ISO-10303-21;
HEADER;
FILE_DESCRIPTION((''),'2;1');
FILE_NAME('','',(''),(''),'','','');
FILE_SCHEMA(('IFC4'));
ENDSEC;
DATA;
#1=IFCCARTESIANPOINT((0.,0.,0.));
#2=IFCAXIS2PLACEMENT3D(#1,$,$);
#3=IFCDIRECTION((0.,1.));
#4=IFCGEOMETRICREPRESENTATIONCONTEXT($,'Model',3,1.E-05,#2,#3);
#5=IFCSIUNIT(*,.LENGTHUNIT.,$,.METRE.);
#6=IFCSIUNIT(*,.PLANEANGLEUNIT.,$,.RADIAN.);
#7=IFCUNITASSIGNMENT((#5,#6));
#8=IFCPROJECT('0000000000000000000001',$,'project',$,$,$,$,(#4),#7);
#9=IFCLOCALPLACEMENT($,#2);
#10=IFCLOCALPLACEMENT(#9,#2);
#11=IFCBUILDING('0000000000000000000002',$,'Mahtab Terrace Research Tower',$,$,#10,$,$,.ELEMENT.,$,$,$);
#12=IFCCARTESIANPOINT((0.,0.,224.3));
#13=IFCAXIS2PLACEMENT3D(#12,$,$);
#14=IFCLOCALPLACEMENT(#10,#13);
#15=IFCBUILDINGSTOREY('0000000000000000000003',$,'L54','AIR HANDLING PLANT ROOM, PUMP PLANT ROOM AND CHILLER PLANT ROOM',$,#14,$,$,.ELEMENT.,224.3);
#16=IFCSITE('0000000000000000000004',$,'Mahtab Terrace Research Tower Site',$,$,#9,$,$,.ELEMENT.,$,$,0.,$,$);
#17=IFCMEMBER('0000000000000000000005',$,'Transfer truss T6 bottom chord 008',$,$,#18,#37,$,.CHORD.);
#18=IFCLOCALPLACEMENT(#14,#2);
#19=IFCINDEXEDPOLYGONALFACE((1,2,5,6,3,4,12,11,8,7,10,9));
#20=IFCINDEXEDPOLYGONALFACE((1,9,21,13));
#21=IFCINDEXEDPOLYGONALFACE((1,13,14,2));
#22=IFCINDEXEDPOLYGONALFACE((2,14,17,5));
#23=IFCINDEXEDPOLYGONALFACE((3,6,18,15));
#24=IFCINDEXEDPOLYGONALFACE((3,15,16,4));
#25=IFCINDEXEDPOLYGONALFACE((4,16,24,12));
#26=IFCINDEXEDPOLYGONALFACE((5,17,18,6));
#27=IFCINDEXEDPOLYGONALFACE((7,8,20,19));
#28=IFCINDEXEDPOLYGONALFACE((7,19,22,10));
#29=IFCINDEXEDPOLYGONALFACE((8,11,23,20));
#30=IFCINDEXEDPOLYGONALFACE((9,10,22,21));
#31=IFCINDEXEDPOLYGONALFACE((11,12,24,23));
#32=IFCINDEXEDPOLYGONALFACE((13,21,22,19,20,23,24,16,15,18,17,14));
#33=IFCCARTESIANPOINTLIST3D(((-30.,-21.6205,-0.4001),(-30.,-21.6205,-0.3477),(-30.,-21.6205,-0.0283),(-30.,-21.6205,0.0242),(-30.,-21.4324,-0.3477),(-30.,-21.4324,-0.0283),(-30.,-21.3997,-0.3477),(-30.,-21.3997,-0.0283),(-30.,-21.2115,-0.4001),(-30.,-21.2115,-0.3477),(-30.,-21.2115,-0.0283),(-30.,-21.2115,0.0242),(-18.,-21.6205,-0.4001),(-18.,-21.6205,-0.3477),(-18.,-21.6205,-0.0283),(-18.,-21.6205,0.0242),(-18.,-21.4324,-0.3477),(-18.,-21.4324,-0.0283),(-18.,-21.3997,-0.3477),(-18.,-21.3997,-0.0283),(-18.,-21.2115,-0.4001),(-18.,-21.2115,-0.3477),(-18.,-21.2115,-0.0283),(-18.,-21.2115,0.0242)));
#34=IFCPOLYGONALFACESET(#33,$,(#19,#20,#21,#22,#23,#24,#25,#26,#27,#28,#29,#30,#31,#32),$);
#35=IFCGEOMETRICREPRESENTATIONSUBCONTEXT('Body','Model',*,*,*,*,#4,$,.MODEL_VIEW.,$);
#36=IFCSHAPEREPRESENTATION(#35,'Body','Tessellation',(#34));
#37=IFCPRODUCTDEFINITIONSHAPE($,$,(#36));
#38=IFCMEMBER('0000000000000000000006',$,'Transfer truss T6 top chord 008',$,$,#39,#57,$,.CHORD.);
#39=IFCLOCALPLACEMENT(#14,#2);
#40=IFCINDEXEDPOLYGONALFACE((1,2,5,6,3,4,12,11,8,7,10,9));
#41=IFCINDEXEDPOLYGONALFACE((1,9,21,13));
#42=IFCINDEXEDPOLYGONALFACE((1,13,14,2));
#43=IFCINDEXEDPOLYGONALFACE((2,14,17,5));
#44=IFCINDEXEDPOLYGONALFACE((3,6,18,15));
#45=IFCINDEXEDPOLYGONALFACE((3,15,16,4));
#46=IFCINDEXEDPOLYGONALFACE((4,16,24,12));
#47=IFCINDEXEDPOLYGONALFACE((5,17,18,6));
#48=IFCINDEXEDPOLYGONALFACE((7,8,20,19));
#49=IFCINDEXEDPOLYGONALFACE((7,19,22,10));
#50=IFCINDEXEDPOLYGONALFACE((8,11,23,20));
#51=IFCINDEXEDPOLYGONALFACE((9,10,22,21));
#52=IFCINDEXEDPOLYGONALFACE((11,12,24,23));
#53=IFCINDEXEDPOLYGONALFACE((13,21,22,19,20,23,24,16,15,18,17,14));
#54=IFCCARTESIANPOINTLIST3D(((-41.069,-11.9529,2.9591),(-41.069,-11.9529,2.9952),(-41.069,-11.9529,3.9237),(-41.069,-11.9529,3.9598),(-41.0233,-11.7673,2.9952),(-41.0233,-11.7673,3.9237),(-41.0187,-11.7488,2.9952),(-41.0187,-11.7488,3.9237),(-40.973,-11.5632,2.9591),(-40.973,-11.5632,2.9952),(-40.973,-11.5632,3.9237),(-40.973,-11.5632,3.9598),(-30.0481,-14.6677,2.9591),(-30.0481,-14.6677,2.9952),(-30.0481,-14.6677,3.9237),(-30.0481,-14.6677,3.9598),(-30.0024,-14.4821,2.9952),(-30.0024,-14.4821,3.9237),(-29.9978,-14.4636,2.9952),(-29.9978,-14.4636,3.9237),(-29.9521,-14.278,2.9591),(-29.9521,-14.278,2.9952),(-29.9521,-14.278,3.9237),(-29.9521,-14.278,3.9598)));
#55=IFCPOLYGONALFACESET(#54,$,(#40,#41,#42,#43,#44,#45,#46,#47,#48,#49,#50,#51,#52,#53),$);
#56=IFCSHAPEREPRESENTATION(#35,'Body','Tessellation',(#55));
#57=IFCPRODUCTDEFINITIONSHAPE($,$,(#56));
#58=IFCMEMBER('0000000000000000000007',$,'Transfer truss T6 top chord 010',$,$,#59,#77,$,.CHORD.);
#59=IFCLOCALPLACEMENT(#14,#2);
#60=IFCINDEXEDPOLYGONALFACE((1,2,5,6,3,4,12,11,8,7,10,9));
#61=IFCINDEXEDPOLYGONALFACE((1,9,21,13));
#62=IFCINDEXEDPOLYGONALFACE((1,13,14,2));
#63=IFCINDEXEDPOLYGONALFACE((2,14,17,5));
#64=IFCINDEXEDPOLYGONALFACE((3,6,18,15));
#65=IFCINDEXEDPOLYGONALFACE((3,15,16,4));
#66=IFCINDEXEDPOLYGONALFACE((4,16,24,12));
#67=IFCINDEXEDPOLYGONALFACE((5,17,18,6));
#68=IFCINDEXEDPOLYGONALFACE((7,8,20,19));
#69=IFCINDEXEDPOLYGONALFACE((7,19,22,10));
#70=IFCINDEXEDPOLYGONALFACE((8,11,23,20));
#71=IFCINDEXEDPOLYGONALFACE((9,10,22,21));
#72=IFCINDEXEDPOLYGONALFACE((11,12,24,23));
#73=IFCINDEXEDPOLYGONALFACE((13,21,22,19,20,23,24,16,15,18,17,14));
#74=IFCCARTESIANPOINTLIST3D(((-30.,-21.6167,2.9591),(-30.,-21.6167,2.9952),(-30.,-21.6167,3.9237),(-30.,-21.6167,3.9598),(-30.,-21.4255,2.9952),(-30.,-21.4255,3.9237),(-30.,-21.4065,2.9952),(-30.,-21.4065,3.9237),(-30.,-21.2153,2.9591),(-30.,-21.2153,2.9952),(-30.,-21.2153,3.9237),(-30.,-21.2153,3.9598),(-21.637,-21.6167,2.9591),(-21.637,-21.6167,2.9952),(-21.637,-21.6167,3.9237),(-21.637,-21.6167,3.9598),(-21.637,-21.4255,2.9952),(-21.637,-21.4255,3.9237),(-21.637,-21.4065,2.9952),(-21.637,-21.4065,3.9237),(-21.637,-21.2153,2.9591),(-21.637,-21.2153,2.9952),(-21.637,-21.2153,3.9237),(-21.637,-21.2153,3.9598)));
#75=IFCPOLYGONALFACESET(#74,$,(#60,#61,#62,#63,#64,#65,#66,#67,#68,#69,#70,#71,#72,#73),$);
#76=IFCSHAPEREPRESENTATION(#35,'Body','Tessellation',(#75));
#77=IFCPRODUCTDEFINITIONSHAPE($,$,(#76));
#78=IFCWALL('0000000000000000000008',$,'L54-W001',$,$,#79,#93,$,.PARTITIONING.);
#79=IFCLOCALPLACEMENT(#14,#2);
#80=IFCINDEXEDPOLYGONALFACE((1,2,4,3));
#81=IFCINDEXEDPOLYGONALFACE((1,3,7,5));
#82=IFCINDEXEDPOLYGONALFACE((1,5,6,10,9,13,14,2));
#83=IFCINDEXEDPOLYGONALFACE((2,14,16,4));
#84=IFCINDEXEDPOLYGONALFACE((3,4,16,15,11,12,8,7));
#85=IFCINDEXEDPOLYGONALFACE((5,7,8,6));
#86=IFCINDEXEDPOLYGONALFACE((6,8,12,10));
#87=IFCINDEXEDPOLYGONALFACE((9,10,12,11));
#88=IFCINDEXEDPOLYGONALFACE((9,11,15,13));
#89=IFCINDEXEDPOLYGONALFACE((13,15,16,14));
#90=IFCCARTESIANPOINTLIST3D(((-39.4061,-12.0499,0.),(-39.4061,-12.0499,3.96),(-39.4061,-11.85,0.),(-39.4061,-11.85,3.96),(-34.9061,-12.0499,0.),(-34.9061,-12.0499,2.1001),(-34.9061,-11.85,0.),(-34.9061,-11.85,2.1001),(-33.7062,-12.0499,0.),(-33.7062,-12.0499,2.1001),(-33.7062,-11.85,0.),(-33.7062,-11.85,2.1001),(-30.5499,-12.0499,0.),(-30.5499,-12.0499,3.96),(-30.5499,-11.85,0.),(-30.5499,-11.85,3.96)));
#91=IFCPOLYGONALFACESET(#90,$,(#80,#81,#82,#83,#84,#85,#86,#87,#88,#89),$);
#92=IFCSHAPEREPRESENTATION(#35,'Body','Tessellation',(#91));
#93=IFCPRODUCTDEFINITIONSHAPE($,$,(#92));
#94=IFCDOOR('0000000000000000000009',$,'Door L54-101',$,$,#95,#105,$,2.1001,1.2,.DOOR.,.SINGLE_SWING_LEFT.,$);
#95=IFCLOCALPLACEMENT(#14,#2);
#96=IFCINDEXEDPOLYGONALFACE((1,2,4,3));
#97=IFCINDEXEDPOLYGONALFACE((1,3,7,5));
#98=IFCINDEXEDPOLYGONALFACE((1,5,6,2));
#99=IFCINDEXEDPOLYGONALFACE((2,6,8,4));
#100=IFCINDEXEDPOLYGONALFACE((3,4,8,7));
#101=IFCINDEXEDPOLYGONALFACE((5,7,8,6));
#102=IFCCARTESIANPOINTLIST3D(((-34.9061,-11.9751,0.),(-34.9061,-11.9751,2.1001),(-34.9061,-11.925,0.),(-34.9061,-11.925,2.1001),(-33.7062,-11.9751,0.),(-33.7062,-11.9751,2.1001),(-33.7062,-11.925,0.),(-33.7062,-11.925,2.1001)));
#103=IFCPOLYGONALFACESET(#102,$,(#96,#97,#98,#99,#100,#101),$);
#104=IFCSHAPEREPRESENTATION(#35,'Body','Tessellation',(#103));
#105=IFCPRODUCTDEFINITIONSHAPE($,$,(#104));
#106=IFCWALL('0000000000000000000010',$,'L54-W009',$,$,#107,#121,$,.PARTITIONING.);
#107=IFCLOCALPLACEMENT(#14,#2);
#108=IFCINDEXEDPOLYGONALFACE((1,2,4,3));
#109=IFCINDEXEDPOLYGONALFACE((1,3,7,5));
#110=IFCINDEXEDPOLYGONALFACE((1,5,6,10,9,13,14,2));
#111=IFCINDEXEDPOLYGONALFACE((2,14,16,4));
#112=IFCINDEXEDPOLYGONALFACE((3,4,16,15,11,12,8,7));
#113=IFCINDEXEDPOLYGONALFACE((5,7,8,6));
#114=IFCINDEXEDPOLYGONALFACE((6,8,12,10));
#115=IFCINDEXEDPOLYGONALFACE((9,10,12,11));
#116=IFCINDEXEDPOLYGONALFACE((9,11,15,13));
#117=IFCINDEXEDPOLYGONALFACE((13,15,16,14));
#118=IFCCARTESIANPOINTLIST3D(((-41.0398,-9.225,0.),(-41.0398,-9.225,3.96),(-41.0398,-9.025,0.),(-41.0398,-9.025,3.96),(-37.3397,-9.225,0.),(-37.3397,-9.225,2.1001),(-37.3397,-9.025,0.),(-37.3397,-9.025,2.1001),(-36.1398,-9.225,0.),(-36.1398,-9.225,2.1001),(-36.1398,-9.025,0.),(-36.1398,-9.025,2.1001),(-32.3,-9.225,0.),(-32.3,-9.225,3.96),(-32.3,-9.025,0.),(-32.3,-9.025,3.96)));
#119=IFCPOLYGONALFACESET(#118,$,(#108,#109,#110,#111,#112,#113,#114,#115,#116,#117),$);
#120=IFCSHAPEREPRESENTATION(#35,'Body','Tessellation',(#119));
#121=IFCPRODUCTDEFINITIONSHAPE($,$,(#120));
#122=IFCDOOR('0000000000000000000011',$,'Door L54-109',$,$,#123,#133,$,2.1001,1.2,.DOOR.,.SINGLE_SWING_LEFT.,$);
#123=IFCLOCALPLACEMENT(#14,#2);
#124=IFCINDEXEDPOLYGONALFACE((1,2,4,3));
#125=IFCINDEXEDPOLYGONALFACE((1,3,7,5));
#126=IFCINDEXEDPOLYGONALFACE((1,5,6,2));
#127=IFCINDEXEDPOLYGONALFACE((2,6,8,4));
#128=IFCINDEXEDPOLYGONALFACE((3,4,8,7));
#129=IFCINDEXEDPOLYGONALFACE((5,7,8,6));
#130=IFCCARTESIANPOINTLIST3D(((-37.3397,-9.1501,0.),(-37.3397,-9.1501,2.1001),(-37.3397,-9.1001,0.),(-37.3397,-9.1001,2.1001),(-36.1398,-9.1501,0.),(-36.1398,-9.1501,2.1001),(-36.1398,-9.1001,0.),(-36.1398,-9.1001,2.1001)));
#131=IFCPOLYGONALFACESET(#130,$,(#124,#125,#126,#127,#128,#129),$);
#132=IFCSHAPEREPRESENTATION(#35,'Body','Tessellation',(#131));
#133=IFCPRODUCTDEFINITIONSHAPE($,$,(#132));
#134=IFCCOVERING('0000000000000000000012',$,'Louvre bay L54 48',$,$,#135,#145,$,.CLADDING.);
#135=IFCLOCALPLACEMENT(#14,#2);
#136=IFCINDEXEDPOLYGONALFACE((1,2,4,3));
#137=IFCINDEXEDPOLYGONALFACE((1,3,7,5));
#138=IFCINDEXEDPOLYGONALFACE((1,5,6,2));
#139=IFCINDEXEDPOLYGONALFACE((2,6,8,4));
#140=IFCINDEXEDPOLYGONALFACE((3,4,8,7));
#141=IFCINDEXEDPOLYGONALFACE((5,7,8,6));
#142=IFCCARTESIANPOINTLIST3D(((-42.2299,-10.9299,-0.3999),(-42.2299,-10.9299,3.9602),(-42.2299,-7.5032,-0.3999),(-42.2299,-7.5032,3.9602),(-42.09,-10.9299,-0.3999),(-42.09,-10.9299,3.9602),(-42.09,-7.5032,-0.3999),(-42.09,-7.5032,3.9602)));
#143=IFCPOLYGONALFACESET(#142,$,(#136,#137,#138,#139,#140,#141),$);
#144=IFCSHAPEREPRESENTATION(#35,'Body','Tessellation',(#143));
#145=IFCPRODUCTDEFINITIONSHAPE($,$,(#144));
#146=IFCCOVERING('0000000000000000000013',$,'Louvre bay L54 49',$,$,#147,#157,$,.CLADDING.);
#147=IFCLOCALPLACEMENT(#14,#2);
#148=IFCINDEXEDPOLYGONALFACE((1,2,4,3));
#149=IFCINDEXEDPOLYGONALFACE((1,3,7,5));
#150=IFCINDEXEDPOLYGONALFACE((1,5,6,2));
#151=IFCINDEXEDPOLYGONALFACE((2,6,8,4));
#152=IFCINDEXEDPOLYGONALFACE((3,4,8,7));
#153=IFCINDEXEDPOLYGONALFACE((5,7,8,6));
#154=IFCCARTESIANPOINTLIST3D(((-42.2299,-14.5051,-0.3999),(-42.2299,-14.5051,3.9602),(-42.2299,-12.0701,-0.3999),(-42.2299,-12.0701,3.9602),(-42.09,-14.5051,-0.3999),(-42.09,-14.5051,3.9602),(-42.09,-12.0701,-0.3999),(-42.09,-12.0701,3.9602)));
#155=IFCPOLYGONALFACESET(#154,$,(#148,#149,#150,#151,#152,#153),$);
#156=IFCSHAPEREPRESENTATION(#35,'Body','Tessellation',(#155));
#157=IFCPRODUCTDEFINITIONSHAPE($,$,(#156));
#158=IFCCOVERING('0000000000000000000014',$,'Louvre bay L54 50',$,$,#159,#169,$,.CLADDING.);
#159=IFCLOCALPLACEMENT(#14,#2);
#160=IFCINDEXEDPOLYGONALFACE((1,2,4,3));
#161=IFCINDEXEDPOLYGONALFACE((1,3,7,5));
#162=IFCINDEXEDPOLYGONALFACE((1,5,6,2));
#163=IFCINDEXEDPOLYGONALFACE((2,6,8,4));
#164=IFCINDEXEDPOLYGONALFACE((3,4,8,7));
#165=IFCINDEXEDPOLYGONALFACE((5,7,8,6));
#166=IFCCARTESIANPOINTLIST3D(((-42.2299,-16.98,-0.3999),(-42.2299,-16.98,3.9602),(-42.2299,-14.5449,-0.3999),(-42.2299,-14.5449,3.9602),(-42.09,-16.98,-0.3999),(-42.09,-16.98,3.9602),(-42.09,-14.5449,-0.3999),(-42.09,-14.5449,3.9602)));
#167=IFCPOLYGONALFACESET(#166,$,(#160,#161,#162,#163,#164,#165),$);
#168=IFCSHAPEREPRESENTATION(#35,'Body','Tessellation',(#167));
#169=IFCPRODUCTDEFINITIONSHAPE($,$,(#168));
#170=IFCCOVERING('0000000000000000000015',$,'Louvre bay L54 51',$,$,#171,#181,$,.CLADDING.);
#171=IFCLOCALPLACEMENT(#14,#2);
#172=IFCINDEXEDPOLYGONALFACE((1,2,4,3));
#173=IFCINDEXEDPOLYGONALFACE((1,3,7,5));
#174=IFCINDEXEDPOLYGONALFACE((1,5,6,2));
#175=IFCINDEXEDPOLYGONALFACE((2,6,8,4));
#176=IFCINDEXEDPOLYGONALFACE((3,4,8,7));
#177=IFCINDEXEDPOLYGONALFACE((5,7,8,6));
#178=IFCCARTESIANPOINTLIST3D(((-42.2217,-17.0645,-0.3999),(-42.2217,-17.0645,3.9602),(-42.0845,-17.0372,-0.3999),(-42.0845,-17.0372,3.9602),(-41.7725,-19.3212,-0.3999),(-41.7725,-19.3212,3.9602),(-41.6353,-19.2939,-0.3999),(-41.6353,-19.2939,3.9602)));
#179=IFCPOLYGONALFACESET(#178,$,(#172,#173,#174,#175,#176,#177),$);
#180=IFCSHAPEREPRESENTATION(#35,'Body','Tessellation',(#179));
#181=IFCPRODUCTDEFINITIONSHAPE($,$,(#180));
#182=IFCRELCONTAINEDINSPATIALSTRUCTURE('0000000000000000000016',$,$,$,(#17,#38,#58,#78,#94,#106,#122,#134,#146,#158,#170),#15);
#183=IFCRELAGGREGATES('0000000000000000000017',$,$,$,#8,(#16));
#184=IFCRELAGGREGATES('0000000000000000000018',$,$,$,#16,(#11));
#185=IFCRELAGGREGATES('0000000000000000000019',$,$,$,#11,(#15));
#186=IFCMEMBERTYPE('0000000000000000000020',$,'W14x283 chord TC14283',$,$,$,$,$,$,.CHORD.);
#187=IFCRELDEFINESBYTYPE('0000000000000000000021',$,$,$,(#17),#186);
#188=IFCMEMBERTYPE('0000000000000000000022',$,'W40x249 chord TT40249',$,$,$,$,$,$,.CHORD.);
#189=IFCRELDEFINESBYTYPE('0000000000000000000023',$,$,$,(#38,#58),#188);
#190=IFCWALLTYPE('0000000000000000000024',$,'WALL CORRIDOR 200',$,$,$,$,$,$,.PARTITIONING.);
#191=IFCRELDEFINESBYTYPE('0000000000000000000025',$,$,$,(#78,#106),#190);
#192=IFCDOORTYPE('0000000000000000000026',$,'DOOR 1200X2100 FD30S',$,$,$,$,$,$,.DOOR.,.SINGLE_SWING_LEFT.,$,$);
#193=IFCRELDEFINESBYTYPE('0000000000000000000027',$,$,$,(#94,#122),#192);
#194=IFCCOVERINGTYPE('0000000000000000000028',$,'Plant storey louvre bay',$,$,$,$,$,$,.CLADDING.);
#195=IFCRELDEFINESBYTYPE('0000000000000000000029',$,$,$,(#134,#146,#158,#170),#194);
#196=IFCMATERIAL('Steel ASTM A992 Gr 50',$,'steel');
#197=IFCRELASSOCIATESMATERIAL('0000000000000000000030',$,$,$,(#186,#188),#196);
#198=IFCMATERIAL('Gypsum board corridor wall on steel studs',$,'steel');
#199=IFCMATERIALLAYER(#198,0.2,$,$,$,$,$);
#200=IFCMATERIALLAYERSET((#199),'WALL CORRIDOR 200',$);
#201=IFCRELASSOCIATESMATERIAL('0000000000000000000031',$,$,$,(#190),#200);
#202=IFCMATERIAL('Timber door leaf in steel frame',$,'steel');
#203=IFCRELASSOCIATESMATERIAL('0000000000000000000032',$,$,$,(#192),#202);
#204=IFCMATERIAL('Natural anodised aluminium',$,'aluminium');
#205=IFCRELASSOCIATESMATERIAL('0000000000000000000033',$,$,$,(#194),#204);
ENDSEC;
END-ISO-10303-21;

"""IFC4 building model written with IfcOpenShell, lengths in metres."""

from ifc_helpers import new_model, si_unit, direction, frame, frame_2d, origin, origin_2d, place, context, subcontext, project, spatial, rectangle, i_section, extrude, material, layer, layer_set, material_profile, profile_set, type_object, element, fill, save


model = new_model("IFC4")

# Units and contexts
model_context = context("Model", 3, precision=1e-05, world=origin(), true_north=direction((0.0, 1.0)))
body_context = subcontext(model_context, "Body", "Model", "MODEL_VIEW")
ifc_project = project(units=[si_unit("LENGTHUNIT", "METRE"), si_unit("PLANEANGLEUNIT", "RADIAN")], contexts=[model_context])

# Site, building, storey
site_placement = place(None, origin())
site = spatial("IfcSite", under=ifc_project, at=site_placement, Name="Mahtab Terrace Research Tower Site", CompositionType="ELEMENT", RefElevation=0.0)
building_placement = place(site_placement, origin())
building = spatial("IfcBuilding", under=site, at=building_placement, Name="Mahtab Terrace Research Tower", CompositionType="ELEMENT")
storey_placement = place(building_placement, frame((0.0, 0.0, 224.3)))
storey = spatial("IfcBuildingStorey", under=building, at=storey_placement, Name="L54", Description="AIR HANDLING PLANT ROOM, PUMP PLANT ROOM AND CHILLER PLANT ROOM", CompositionType="ELEMENT", Elevation=224.3)

# Members
ifc_material_1 = material(Name="Steel ASTM A992 Gr 50", Category="steel")
ifc_material_profile_1 = material_profile(ifc_material_1, i_section(OverallWidth=0.4089, OverallDepth=0.4243, WebThickness=0.0327, FlangeThickness=0.0525, at=origin_2d()), Name="W14X283")
ifc_profile_set_1 = profile_set([ifc_material_profile_1], Name="Steel ASTM A992 Gr 50")
member_type_1 = type_object("IfcMemberType", Name="W14x283 chord TC14283", PredefinedType="CHORD", material=ifc_profile_set_1)
member_1_placement = place(storey_placement, frame((-30.0, -21.416, -0.188), z_axis=(1.0, 0.0, 0.0), x_axis=(0.0, 1.0, 0.0)))
element("IfcMember", 1, at=member_1_placement, inside=storey, type_object=member_type_1, Name="Transfer truss T6 bottom chord 008", PredefinedType="CHORD", context=body_context, shape_type="SweptSolid", body=[
    extrude(i_section(OverallWidth=0.4089, OverallDepth=0.4243, WebThickness=0.0327, FlangeThickness=0.0525, at=origin_2d()), origin(), (0.0, 0.0, 1.0), 12.0),
])
ifc_material_profile_2 = material_profile(ifc_material_1, i_section(OverallWidth=0.4014, OverallDepth=1.0007, WebThickness=0.019, FlangeThickness=0.0361, at=origin_2d()), Name="W40X249")
ifc_profile_set_2 = profile_set([ifc_material_profile_2], Name="Steel ASTM A992 Gr 50")
member_type_2 = type_object("IfcMemberType", Name="W40x249 chord TT40249", PredefinedType="CHORD", material=ifc_profile_set_2)
member_2_placement = place(storey_placement, frame((-41.021, -11.7581, 3.4595), z_axis=(0.970974, -0.239184, 0.0), x_axis=(0.239184, 0.970974, 0.0)))
element("IfcMember", 2, at=member_2_placement, inside=storey, type_object=member_type_2, Name="Transfer truss T6 top chord 008", PredefinedType="CHORD", context=body_context, shape_type="SweptSolid", body=[
    extrude(i_section(OverallWidth=0.4014, OverallDepth=1.0007, WebThickness=0.019, FlangeThickness=0.0361, at=origin_2d()), origin(), (0.0, 0.0, 1.0), 11.3503),
])
member_3_placement = place(storey_placement, frame((-30.0, -21.416, 3.4595), z_axis=(1.0, 0.0, 0.0), x_axis=(0.0, 1.0, 0.0)))
element("IfcMember", 3, at=member_3_placement, inside=storey, type_object=member_type_2, Name="Transfer truss T6 top chord 010", PredefinedType="CHORD", context=body_context, shape_type="SweptSolid", body=[
    extrude(i_section(OverallWidth=0.4014, OverallDepth=1.0007, WebThickness=0.019, FlangeThickness=0.0361, at=origin_2d()), origin(), (0.0, 0.0, 1.0), 8.363),
])

# Walls, openings, doors
ifc_material_2 = material(Name="Gypsum board corridor wall on steel studs", Category="steel")
ifc_layer_1 = layer(ifc_material_2, 0.2)
ifc_layer_set_1 = layer_set([ifc_layer_1], Name="WALL CORRIDOR 200")
wall_type = type_object("IfcWallType", Name="WALL CORRIDOR 200", PredefinedType="PARTITIONING", material=ifc_layer_set_1)
wall_1_placement = place(storey_placement, frame((-39.4062, -11.95, 0.0), z_axis=(0.0, 0.0, 1.0), x_axis=(1.0, 0.0, 0.0)))
wall_1 = element("IfcWall", 4, at=wall_1_placement, inside=storey, type_object=wall_type, Name="L54-W001", PredefinedType="PARTITIONING", context=body_context, shape_type="SweptSolid", body=[
    extrude(rectangle(XDim=8.8562, YDim=0.2, at=frame_2d((4.4282, 0.0))), origin(), (0.0, 0.0, 1.0), 3.96),
])
opening_1_placement = place(wall_1_placement, frame((4.5, 0.0, 0.0)))
opening_1 = element("IfcOpeningElement", 5, at=opening_1_placement, cuts=wall_1, PredefinedType="OPENING", context=body_context, shape_type="SweptSolid", body=[
    extrude(rectangle(XDim=1.2, YDim=2.1001, at=frame_2d((0.6001, 1.05))), frame((0.0, 0.1099, 0.0), z_axis=(0.0, -1.0, 0.0), x_axis=(1.0, 0.0, 0.0)), (0.0, 0.0, 1.0), 0.22),
])
ifc_material_3 = material(Name="Timber door leaf in steel frame", Category="steel")
door_type = type_object("IfcDoorType", Name="DOOR 1200X2100 FD30S", OperationType="SINGLE_SWING_LEFT", PredefinedType="DOOR", material=ifc_material_3)
door_1_placement = place(opening_1_placement, origin())
door_1 = element("IfcDoor", 6, at=door_1_placement, inside=storey, type_object=door_type, Name="Door L54-101", OperationType="SINGLE_SWING_LEFT", OverallHeight=2.1001, OverallWidth=1.2, PredefinedType="DOOR", context=body_context, shape_type="SweptSolid", body=[
    extrude(rectangle(XDim=1.2, YDim=2.1001, at=frame_2d((0.6001, 1.05))), frame((0.0, 0.0249, 0.0), z_axis=(0.0, -1.0, 0.0), x_axis=(1.0, 0.0, 0.0)), (0.0, 0.0, 1.0), 0.05),
])
fill(opening_1, door_1)
wall_2_placement = place(storey_placement, frame((-41.0398, -9.125, 0.0), z_axis=(0.0, 0.0, 1.0), x_axis=(1.0, 0.0, 0.0)))
wall_2 = element("IfcWall", 7, at=wall_2_placement, inside=storey, type_object=wall_type, Name="L54-W009", PredefinedType="PARTITIONING", context=body_context, shape_type="SweptSolid", body=[
    extrude(rectangle(XDim=8.7397, YDim=0.2, at=frame_2d((4.3699, 0.0))), origin(), (0.0, 0.0, 1.0), 3.96),
])
opening_2_placement = place(wall_2_placement, frame((3.7, 0.0, 0.0)))
opening_2 = element("IfcOpeningElement", 8, at=opening_2_placement, cuts=wall_2, PredefinedType="OPENING", context=body_context, shape_type="SweptSolid", body=[
    extrude(rectangle(XDim=1.2, YDim=2.1001, at=frame_2d((0.6001, 1.05))), frame((0.0, 0.1099, 0.0), z_axis=(0.0, -1.0, 0.0), x_axis=(1.0, 0.0, 0.0)), (0.0, 0.0, 1.0), 0.22),
])
door_2_placement = place(opening_2_placement, origin())
door_2 = element("IfcDoor", 9, at=door_2_placement, inside=storey, type_object=door_type, Name="Door L54-109", OperationType="SINGLE_SWING_LEFT", OverallHeight=2.1001, OverallWidth=1.2, PredefinedType="DOOR", context=body_context, shape_type="SweptSolid", body=[
    extrude(rectangle(XDim=1.2, YDim=2.1001, at=frame_2d((0.6001, 1.05))), frame((0.0, 0.0249, 0.0), z_axis=(0.0, -1.0, 0.0), x_axis=(1.0, 0.0, 0.0)), (0.0, 0.0, 1.0), 0.05),
])
fill(opening_2, door_2)

# Coverings
ifc_material_4 = material(Name="Natural anodised aluminium", Category="aluminium")
covering_type = type_object("IfcCoveringType", Name="Plant storey louvre bay", PredefinedType="CLADDING", material=ifc_material_4)
covering_placement = place(storey_placement, frame((-42.1599, -9.2166, -0.3999), z_axis=(0.0, 0.0, 1.0), x_axis=(0.0, -1.0, 0.0)))
element("IfcCovering", 10, at=covering_placement, inside=storey, type_object=covering_type, Name="Louvre bay L54 48", PredefinedType="CLADDING", context=body_context, shape_type="SweptSolid", body=[
    extrude(rectangle(XDim=3.4268, YDim=0.1399, at=origin_2d()), origin(), (0.0, 0.0, 1.0), 4.3601),
])
for number, where, z_axis, x_axis, name in (
    (11, (-42.1599, -13.2876, -0.3999), (0.0, 0.0, 1.0), (0.0, -1.0, 0.0), "Louvre bay L54 49"),
    (12, (-42.1599, -15.7625, -0.3999), (0.0, 0.0, 1.0), (0.0, -1.0, 0.0), "Louvre bay L54 50"),
):
    element("IfcCovering", number, at=place(storey_placement, frame(where, z_axis=z_axis, x_axis=x_axis)), inside=storey, type_object=covering_type, Name=name, PredefinedType="CLADDING", context=body_context, shape_type="SweptSolid", body=[
        extrude(rectangle(XDim=2.4351, YDim=0.1399, at=origin_2d()), origin(), (0.0, 0.0, 1.0), 4.3601),
    ])
for number, where, z_axis, x_axis, name in (
    (13, (-41.9285, -18.1792, -0.3999), (0.0, 0.0, 1.0), (0.195212, -0.980761, 0.0), "Louvre bay L54 51"),
):
    element("IfcCovering", number, at=place(storey_placement, frame(where, z_axis=z_axis, x_axis=x_axis)), inside=storey, type_object=covering_type, Name=name, PredefinedType="CLADDING", context=body_context, shape_type="SweptSolid", body=[
        extrude(rectangle(XDim=2.301, YDim=0.1399, at=origin_2d()), origin(), (0.0, 0.0, 1.0), 4.3601),
    ])

save(model, "model.ifc")
